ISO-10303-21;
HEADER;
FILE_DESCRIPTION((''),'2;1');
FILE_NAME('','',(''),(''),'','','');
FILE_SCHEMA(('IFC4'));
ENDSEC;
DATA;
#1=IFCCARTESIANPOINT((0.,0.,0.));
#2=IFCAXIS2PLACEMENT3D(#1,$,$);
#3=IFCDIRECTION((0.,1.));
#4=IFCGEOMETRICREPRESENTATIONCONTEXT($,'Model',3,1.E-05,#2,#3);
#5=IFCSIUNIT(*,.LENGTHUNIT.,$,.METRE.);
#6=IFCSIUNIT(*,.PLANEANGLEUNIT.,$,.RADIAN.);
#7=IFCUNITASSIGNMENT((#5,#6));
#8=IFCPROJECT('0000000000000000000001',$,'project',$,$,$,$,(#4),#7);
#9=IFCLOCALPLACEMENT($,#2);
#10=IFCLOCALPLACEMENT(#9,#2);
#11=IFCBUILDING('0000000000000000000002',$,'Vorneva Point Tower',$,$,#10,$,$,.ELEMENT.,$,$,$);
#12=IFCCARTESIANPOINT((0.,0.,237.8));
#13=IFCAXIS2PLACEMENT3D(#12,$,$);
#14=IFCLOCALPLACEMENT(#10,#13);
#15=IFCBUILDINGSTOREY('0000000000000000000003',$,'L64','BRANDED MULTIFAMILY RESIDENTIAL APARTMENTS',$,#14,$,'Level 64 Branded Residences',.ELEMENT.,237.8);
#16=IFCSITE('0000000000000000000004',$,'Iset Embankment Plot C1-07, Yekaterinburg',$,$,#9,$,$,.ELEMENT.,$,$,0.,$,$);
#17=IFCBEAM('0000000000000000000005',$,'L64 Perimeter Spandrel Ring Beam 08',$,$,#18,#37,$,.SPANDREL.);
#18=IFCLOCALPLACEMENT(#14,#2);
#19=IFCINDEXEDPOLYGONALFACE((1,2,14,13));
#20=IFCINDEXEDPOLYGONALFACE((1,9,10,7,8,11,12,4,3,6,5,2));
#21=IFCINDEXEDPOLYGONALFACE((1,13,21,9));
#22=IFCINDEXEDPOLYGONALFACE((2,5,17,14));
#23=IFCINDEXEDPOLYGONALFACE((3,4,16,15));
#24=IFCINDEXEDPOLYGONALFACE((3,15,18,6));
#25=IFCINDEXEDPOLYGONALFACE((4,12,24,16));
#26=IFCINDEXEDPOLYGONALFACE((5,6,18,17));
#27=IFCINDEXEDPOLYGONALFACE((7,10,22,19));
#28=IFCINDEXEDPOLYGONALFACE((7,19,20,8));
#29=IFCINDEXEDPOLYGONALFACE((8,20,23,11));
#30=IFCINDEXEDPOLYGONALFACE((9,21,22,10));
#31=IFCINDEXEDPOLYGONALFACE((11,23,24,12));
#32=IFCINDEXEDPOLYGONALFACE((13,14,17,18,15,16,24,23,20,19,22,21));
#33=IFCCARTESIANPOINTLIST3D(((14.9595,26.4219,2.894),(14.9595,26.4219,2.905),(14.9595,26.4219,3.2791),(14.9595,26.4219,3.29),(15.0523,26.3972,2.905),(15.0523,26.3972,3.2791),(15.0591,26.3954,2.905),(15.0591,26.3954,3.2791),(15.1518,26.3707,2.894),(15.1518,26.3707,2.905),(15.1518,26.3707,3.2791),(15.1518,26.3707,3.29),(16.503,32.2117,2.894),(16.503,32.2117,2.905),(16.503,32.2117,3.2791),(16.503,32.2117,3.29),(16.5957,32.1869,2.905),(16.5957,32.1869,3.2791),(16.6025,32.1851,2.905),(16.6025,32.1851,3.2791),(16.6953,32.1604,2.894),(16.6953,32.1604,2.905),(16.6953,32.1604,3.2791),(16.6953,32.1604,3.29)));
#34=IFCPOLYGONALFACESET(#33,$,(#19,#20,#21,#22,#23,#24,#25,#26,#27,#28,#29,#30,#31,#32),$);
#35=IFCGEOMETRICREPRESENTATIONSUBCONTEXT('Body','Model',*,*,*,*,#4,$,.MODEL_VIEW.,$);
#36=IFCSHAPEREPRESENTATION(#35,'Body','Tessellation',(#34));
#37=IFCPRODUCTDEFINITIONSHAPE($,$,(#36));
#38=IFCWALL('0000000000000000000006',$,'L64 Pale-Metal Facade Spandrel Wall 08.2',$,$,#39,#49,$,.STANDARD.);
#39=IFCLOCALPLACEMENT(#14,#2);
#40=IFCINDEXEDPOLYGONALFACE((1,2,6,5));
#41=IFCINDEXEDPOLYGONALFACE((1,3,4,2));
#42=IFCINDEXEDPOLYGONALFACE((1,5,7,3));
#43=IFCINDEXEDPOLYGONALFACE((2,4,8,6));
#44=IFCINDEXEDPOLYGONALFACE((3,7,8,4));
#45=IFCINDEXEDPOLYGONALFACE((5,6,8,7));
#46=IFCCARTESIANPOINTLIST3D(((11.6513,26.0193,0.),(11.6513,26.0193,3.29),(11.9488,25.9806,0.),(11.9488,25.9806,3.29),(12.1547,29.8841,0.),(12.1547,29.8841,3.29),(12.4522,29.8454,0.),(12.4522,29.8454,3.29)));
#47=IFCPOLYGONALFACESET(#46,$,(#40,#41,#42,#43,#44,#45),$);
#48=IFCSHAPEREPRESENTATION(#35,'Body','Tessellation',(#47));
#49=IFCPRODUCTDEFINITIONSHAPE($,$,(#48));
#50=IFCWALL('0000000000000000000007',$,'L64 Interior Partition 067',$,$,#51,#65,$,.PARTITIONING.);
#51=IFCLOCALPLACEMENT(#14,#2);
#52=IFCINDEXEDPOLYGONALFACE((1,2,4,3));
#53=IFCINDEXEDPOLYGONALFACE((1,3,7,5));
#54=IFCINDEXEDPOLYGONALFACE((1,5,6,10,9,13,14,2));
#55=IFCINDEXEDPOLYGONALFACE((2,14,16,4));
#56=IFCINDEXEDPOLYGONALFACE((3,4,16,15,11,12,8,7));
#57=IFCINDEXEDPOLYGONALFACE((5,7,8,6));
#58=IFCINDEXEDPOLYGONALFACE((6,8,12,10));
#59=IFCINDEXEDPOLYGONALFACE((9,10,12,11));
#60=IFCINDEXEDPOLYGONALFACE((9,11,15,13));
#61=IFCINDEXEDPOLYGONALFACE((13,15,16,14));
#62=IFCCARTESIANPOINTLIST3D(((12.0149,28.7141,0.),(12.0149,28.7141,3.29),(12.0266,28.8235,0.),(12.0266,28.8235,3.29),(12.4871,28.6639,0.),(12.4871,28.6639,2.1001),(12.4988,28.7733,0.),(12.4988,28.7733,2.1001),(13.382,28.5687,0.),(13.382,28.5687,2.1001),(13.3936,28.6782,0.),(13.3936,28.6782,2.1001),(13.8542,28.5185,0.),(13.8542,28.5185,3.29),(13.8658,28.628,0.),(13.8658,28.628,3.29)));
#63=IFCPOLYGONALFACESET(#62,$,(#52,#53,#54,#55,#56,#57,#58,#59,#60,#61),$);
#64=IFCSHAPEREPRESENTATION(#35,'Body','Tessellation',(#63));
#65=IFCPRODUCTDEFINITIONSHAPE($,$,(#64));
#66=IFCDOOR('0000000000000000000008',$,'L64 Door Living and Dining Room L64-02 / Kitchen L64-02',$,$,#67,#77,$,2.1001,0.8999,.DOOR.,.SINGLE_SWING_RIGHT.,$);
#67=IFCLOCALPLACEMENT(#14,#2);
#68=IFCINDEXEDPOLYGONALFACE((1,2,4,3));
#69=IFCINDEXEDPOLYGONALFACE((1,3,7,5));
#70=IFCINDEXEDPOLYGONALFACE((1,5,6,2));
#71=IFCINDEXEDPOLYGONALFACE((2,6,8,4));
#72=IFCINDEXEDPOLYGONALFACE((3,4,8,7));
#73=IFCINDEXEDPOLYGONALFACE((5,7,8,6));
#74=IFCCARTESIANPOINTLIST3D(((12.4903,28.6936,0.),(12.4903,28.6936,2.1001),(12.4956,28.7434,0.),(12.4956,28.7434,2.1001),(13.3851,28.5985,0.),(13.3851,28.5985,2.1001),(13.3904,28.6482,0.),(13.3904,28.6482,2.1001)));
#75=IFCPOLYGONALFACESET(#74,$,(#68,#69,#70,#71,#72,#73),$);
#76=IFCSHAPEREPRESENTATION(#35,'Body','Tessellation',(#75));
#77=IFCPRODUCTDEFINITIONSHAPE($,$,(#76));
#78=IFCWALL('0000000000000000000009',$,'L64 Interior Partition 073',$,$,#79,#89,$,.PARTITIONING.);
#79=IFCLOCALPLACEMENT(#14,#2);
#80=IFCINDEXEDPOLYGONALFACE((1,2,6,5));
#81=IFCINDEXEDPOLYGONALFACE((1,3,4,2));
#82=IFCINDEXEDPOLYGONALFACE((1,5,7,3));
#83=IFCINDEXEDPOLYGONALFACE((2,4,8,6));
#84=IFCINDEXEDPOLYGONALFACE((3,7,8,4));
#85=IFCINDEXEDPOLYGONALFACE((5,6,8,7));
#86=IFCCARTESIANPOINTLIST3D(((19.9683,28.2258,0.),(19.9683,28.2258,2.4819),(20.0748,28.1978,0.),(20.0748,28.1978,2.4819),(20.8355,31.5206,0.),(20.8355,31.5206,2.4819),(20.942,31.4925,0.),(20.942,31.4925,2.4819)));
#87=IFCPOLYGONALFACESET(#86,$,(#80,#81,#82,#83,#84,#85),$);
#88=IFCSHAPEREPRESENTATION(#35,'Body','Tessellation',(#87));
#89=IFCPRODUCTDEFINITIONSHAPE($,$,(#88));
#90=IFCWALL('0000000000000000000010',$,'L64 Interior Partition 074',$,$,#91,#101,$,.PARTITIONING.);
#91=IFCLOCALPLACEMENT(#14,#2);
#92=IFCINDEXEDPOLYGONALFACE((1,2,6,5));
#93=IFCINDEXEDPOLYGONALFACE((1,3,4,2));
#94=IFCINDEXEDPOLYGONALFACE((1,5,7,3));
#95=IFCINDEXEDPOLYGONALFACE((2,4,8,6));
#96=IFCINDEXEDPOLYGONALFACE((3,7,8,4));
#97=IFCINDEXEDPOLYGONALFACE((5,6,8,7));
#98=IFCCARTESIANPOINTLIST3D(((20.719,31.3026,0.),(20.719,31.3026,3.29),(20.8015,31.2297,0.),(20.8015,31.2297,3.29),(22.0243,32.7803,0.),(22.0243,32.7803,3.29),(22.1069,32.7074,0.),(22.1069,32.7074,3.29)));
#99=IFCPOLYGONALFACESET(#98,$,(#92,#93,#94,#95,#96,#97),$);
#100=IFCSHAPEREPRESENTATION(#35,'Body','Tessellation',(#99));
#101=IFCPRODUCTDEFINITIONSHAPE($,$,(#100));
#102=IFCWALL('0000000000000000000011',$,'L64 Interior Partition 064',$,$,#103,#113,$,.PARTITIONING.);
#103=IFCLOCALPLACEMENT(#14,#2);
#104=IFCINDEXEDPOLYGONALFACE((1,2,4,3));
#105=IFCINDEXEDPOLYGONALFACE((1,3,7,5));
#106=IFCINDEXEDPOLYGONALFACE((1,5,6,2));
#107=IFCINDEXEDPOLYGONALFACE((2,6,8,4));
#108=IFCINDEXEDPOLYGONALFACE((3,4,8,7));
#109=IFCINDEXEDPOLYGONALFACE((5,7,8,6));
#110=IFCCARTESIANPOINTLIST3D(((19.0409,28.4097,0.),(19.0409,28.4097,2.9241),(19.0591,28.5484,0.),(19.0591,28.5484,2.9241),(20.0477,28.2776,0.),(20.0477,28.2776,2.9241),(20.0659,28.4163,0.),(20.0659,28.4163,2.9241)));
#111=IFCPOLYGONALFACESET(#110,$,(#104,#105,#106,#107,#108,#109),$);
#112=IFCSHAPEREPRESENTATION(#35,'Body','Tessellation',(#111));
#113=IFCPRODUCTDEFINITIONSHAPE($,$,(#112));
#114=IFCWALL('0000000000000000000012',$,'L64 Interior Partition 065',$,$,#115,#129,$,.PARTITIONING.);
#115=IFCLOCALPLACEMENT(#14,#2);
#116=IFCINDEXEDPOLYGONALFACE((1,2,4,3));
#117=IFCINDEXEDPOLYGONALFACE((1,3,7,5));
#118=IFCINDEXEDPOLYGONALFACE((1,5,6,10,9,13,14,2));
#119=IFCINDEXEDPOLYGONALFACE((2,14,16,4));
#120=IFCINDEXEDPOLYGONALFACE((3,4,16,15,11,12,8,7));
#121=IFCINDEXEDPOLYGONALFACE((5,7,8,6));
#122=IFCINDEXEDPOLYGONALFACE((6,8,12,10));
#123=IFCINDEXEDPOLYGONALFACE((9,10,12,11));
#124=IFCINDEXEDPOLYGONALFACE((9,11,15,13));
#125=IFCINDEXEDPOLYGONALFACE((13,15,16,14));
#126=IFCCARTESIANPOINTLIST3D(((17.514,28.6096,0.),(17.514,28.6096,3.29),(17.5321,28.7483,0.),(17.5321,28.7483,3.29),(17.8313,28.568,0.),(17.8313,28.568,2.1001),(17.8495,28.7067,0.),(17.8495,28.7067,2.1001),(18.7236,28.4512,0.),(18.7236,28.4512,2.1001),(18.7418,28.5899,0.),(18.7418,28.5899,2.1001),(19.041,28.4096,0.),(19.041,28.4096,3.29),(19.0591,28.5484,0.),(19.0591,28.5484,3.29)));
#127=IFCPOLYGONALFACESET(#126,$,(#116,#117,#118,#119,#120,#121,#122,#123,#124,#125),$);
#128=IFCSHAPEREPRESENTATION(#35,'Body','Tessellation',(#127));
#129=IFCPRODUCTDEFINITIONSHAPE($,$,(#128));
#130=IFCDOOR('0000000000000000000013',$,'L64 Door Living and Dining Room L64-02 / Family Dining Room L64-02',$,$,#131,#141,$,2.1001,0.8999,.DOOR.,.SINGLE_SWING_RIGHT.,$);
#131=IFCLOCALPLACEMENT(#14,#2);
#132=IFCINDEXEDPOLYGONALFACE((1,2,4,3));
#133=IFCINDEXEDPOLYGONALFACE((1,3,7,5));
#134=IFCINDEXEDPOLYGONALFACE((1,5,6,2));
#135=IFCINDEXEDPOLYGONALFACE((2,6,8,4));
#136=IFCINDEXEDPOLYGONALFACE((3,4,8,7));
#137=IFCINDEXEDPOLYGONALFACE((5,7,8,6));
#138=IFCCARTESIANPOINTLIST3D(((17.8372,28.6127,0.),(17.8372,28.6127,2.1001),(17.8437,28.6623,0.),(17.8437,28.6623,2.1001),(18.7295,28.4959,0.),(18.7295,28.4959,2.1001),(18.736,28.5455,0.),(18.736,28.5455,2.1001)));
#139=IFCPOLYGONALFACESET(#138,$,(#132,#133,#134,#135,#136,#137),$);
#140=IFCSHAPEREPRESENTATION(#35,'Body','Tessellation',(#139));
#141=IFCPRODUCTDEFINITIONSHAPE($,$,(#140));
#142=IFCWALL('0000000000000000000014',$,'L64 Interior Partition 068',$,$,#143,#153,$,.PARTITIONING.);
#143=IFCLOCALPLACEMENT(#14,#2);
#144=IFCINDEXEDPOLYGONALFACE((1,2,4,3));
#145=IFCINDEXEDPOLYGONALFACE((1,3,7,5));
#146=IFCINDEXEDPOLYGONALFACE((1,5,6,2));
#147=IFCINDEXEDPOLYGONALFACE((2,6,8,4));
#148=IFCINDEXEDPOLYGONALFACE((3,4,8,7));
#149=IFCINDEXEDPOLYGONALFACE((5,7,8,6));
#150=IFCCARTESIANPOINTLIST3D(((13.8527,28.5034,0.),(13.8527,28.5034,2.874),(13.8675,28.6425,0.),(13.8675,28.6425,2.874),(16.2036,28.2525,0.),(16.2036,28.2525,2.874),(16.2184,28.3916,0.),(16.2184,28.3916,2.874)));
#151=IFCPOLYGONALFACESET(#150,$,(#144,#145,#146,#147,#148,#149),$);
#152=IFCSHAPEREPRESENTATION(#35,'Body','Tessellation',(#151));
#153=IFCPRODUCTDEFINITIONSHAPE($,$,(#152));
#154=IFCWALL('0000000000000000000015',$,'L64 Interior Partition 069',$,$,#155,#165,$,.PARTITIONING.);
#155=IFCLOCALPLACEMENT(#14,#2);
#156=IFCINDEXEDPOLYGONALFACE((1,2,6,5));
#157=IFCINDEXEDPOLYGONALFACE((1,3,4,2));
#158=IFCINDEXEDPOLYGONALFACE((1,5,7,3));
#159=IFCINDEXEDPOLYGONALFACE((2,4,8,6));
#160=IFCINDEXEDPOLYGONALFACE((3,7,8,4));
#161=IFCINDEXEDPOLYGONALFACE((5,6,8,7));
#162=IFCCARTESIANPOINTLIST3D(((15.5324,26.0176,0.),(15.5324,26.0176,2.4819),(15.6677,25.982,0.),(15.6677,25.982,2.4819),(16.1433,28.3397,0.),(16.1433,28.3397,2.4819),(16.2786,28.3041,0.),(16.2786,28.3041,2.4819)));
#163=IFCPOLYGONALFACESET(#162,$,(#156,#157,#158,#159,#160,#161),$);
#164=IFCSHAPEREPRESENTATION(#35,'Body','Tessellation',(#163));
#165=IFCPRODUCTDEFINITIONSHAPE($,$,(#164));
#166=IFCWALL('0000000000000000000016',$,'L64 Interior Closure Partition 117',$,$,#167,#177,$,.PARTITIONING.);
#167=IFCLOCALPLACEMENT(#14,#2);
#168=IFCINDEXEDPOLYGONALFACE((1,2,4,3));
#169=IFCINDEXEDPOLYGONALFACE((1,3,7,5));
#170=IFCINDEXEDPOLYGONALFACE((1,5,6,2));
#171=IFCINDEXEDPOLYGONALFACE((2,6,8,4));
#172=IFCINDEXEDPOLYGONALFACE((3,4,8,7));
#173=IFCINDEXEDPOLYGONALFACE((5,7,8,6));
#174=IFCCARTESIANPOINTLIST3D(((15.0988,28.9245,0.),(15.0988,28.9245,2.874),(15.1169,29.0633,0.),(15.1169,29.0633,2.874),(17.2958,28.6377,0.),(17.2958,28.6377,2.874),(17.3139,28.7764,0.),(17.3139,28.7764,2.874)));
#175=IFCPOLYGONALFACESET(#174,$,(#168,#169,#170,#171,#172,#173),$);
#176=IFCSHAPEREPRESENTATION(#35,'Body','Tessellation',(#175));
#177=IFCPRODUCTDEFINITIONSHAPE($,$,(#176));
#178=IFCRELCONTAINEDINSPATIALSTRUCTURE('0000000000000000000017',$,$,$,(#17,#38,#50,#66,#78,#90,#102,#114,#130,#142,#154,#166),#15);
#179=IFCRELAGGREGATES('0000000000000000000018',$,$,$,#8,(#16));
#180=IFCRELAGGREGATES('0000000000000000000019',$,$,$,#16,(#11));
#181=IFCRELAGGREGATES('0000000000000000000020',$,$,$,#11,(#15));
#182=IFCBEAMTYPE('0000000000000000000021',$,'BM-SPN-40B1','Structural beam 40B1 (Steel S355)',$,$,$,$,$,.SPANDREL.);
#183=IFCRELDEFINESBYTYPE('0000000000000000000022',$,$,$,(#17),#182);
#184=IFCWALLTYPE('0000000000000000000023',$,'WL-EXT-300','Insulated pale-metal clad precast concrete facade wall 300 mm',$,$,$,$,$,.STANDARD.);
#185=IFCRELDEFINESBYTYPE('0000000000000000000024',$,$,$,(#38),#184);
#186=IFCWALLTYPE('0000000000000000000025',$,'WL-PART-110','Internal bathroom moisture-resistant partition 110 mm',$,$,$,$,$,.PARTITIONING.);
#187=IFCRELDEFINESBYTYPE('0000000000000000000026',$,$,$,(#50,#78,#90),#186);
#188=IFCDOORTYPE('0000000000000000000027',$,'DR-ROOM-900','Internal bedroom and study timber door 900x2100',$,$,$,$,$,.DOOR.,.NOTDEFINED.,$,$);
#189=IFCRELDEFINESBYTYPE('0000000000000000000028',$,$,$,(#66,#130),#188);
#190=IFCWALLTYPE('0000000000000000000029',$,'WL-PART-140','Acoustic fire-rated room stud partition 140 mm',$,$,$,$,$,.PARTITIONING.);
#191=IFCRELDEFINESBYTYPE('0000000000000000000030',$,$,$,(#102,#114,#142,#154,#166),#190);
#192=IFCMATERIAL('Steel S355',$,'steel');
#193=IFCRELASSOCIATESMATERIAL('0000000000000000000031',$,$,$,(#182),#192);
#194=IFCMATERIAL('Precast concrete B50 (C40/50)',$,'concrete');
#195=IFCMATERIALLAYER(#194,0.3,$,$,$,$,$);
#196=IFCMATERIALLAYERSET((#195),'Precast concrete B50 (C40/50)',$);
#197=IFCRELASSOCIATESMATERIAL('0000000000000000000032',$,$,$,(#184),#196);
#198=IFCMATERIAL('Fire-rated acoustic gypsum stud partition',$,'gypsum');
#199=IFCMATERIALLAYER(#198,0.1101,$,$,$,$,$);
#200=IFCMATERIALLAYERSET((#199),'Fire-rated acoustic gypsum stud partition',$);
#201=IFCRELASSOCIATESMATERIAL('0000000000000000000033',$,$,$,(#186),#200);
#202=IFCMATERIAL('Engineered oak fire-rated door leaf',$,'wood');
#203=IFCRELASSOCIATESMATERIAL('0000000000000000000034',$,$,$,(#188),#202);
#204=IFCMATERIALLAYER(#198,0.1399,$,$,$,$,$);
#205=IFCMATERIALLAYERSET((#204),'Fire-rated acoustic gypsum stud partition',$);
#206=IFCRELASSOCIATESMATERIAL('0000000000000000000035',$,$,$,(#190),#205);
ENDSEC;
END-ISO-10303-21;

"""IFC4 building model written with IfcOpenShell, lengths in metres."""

from ifc_helpers import new_model, si_unit, direction, frame, frame_2d, origin, origin_2d, place, context, subcontext, project, spatial, rectangle, i_section, extrude, material, layer, layer_set, material_profile, profile_set, type_object, element, fill, save


model = new_model("IFC4")

# Units and contexts
model_context = context("Model", 3, precision=1e-05, world=origin(), true_north=direction((0.0, 1.0)))
body_context = subcontext(model_context, "Body", "Model", "MODEL_VIEW")
ifc_project = project(units=[si_unit("LENGTHUNIT", "METRE"), si_unit("PLANEANGLEUNIT", "RADIAN")], contexts=[model_context])

# Site, building, storey
site_placement = place(None, origin())
site = spatial("IfcSite", under=ifc_project, at=site_placement, Name="Iset Embankment Plot C1-07, Yekaterinburg", CompositionType="ELEMENT", RefElevation=0.0)
building_placement = place(site_placement, origin())
building = spatial("IfcBuilding", under=site, at=building_placement, Name="Vorneva Point Tower", CompositionType="ELEMENT")
storey_placement = place(building_placement, frame((0.0, 0.0, 237.8)))
storey = spatial("IfcBuildingStorey", under=building, at=storey_placement, Name="L64", Description="BRANDED MULTIFAMILY RESIDENTIAL APARTMENTS", LongName="Level 64 Branded Residences", CompositionType="ELEMENT", Elevation=237.8)

# Beam
ifc_material_1 = material(Name="Steel S355", Category="steel")
ifc_material_profile_1 = material_profile(ifc_material_1, i_section(OverallWidth=0.199, OverallDepth=0.396, WebThickness=0.0071, FlangeThickness=0.011, at=origin_2d()), Name="40B1")
ifc_profile_set_1 = profile_set([ifc_material_profile_1], Name="Steel S355")
beam_type_1 = type_object("IfcBeamType", Name="BM-SPN-40B1", Description="Structural beam 40B1 (Steel S355)", PredefinedType="SPANDREL", material=ifc_profile_set_1)
beam_1_placement = place(storey_placement, frame((16.5991, 32.186, 3.092), z_axis=(-0.257587, -0.966255, 0.0), x_axis=(0.966255, -0.257587, 0.0)))
element("IfcBeam", 1, at=beam_1_placement, inside=storey, type_object=beam_type_1, Name="L64 Perimeter Spandrel Ring Beam 08", PredefinedType="SPANDREL", context=body_context, shape_type="SweptSolid", body=[
    extrude(i_section(OverallWidth=0.199, OverallDepth=0.396, WebThickness=0.0071, FlangeThickness=0.011, at=origin_2d()), origin(), (0.0, 0.0, 1.0), 5.9919),
])

# Wall
ifc_material_2 = material(Name="Precast concrete B50 (C40/50)", Category="concrete")
ifc_layer_1 = layer(ifc_material_2, 0.3)
ifc_layer_set_1 = layer_set([ifc_layer_1], Name="Precast concrete B50 (C40/50)")
wall_type_1 = type_object("IfcWallType", Name="WL-EXT-300", Description="Insulated pale-metal clad precast concrete facade wall 300 mm", PredefinedType="STANDARD", material=ifc_layer_set_1)
wall_1_placement = place(storey_placement, frame((12.3035, 29.8647, 0.0), z_axis=(0.0, 0.0, 1.0), x_axis=(-0.129168, -0.991623, 0.0)))
element("IfcWall", 2, at=wall_1_placement, inside=storey, type_object=wall_type_1, Name="L64 Pale-Metal Facade Spandrel Wall 08.2", PredefinedType="STANDARD", context=body_context, shape_type="SweptSolid", body=[
    extrude(rectangle(XDim=3.8975, YDim=0.3, at=frame_2d((1.9487, 0.0))), origin(), (0.0, 0.0, 1.0), 3.29),
])

# Wall, opening, door
ifc_material_3 = material(Name="Fire-rated acoustic gypsum stud partition", Category="gypsum")
ifc_layer_2 = layer(ifc_material_3, 0.1101)
ifc_layer_set_2 = layer_set([ifc_layer_2], Name="Fire-rated acoustic gypsum stud partition")
wall_type_2 = type_object("IfcWallType", Name="WL-PART-110", Description="Internal bathroom moisture-resistant partition 110 mm", PredefinedType="PARTITIONING", material=ifc_layer_set_2)
wall_2_placement = place(storey_placement, frame((12.0208, 28.7688, 0.0), z_axis=(0.0, 0.0, 1.0), x_axis=(0.994396, -0.105722, 0.0)))
wall_2 = element("IfcWall", 3, at=wall_2_placement, inside=storey, type_object=wall_type_2, Name="L64 Interior Partition 067", PredefinedType="PARTITIONING", context=body_context, shape_type="SweptSolid", body=[
    extrude(rectangle(XDim=1.8496, YDim=0.1101, at=frame_2d((0.9248, 0.0))), origin(), (0.0, 0.0, 1.0), 3.29),
])
opening_1_placement = place(wall_2_placement, frame((0.4749, 0.0, 0.0)))
opening_1 = element("IfcOpeningElement", 4, at=opening_1_placement, cuts=wall_2, PredefinedType="OPENING", context=body_context, shape_type="SweptSolid", body=[
    extrude(rectangle(XDim=0.8999, YDim=2.1001, at=frame_2d((0.45, 1.05))), frame((0.0, 0.0698, 0.0), z_axis=(0.0, -1.0, 0.0), x_axis=(1.0, 0.0, 0.0)), (0.0, 0.0, 1.0), 0.1399),
])
ifc_material_4 = material(Name="Engineered oak fire-rated door leaf", Category="wood")
door_type_1 = type_object("IfcDoorType", Name="DR-ROOM-900", Description="Internal bedroom and study timber door 900x2100", OperationType="NOTDEFINED", PredefinedType="DOOR", material=ifc_material_4)
door_1_placement = place(opening_1_placement, origin())
door_1 = element("IfcDoor", 5, at=door_1_placement, inside=storey, type_object=door_type_1, Name="L64 Door Living and Dining Room L64-02 / Kitchen L64-02", OperationType="SINGLE_SWING_RIGHT", OverallHeight=2.1001, OverallWidth=0.8999, PredefinedType="DOOR", context=body_context, shape_type="SweptSolid", body=[
    extrude(rectangle(XDim=0.8999, YDim=2.1001, at=frame_2d((0.45, 1.05))), frame((0.0, 0.0249, 0.0), z_axis=(0.0, -1.0, 0.0), x_axis=(1.0, 0.0, 0.0)), (0.0, 0.0, 1.0), 0.05),
])
fill(opening_1, door_1)

# Walls
wall_3_placement = place(storey_placement, frame((20.0215, 28.2117, 0.0), z_axis=(0.0, 0.0, 1.0), x_axis=(0.254539, 0.967062, 0.0)))
element("IfcWall", 6, at=wall_3_placement, inside=storey, type_object=wall_type_2, Name="L64 Interior Partition 073", PredefinedType="PARTITIONING", context=body_context, shape_type="SweptSolid", body=[
    extrude(rectangle(XDim=3.407, YDim=0.1101, at=frame_2d((1.7036, 0.0))), origin(), (0.0, 0.0, 1.0), 2.4819),
])
wall_4_placement = place(storey_placement, frame((20.7603, 31.2661, 0.0), z_axis=(0.0, 0.0, 1.0), x_axis=(0.662047, 0.749462, 0.0)))
element("IfcWall", 7, at=wall_4_placement, inside=storey, type_object=wall_type_2, Name="L64 Interior Partition 074", PredefinedType="PARTITIONING", context=body_context, shape_type="SweptSolid", body=[
    extrude(rectangle(XDim=1.9717, YDim=0.1101, at=frame_2d((0.9858, 0.0))), origin(), (0.0, 0.0, 1.0), 3.29),
])
ifc_layer_3 = layer(ifc_material_3, 0.1399)
ifc_layer_set_3 = layer_set([ifc_layer_3], Name="Fire-rated acoustic gypsum stud partition")
wall_type_3 = type_object("IfcWallType", Name="WL-PART-140", Description="Acoustic fire-rated room stud partition 140 mm", PredefinedType="PARTITIONING", material=ifc_layer_set_3)
wall_5_placement = place(storey_placement, frame((20.0569, 28.3469, 0.0), z_axis=(0.0, 0.0, 1.0), x_axis=(-0.991505, 0.130069, 0.0)))
element("IfcWall", 8, at=wall_5_placement, inside=storey, type_object=wall_type_3, Name="L64 Interior Partition 064", PredefinedType="PARTITIONING", context=body_context, shape_type="SweptSolid", body=[
    extrude(rectangle(XDim=1.0154, YDim=0.1399, at=frame_2d((0.5078, 0.0))), origin(), (0.0, 0.0, 1.0), 2.9241),
])

# Wall, opening, door
wall_6_placement = place(storey_placement, frame((19.05, 28.479, 0.0), z_axis=(0.0, 0.0, 1.0), x_axis=(-0.991537, 0.129827, 0.0)))
wall_6 = element("IfcWall", 9, at=wall_6_placement, inside=storey, type_object=wall_type_3, Name="L64 Interior Partition 065", PredefinedType="PARTITIONING", context=body_context, shape_type="SweptSolid", body=[
    extrude(rectangle(XDim=1.54, YDim=0.1399, at=frame_2d((0.77, 0.0))), origin(), (0.0, 0.0, 1.0), 3.29),
])
opening_2_placement = place(wall_6_placement, frame((0.3201, 0.0, 0.0)))
opening_2 = element("IfcOpeningElement", 10, at=opening_2_placement, cuts=wall_6, PredefinedType="OPENING", context=body_context, shape_type="SweptSolid", body=[
    extrude(rectangle(XDim=0.8999, YDim=2.1001, at=frame_2d((0.45, 1.05))), frame((0.0, 0.085, 0.0), z_axis=(0.0, -1.0, 0.0), x_axis=(1.0, 0.0, 0.0)), (0.0, 0.0, 1.0), 0.1697),
])
door_2_placement = place(opening_2_placement, origin())
door_2 = element("IfcDoor", 11, at=door_2_placement, inside=storey, type_object=door_type_1, Name="L64 Door Living and Dining Room L64-02 / Family Dining Room L64-02", OperationType="SINGLE_SWING_RIGHT", OverallHeight=2.1001, OverallWidth=0.8999, PredefinedType="DOOR", context=body_context, shape_type="SweptSolid", body=[
    extrude(rectangle(XDim=0.8999, YDim=2.1001, at=frame_2d((0.45, 1.05))), frame((0.0, 0.0249, 0.0), z_axis=(0.0, -1.0, 0.0), x_axis=(1.0, 0.0, 0.0)), (0.0, 0.0, 1.0), 0.05),
])
fill(opening_2, door_2)

# Walls
wall_7_placement = place(storey_placement, frame((13.8601, 28.573, 0.0), z_axis=(0.0, 0.0, 1.0), x_axis=(0.994349, -0.106158, 0.0)))
element("IfcWall", 12, at=wall_7_placement, inside=storey, type_object=wall_type_3, Name="L64 Interior Partition 068", PredefinedType="PARTITIONING", context=body_context, shape_type="SweptSolid", body=[
    extrude(rectangle(XDim=2.3643, YDim=0.1399, at=frame_2d((1.1821, 0.0))), origin(), (0.0, 0.0, 1.0), 2.874),
])
wall_8_placement = place(storey_placement, frame((16.2109, 28.322, 0.0), z_axis=(0.0, 0.0, 1.0), x_axis=(-0.254408, -0.967097, 0.0)))
element("IfcWall", 13, at=wall_8_placement, inside=storey, type_object=wall_type_3, Name="L64 Interior Partition 069", PredefinedType="PARTITIONING", context=body_context, shape_type="SweptSolid", body=[
    extrude(rectangle(XDim=2.4011, YDim=0.1399, at=frame_2d((1.2007, 0.0))), origin(), (0.0, 0.0, 1.0), 2.4819),
])
wall_9_placement = place(storey_placement, frame((17.3049, 28.707, 0.0), z_axis=(0.0, 0.0, 1.0), x_axis=(-0.991583, 0.129471, 0.0)))
element("IfcWall", 14, at=wall_9_placement, inside=storey, type_object=wall_type_3, Name="L64 Interior Closure Partition 117", PredefinedType="PARTITIONING", context=body_context, shape_type="SweptSolid", body=[
    extrude(rectangle(XDim=2.2156, YDim=0.1399, at=frame_2d((1.1079, 0.0))), origin(), (0.0, 0.0, 1.0), 2.874),
])

save(model, "model.ifc")
